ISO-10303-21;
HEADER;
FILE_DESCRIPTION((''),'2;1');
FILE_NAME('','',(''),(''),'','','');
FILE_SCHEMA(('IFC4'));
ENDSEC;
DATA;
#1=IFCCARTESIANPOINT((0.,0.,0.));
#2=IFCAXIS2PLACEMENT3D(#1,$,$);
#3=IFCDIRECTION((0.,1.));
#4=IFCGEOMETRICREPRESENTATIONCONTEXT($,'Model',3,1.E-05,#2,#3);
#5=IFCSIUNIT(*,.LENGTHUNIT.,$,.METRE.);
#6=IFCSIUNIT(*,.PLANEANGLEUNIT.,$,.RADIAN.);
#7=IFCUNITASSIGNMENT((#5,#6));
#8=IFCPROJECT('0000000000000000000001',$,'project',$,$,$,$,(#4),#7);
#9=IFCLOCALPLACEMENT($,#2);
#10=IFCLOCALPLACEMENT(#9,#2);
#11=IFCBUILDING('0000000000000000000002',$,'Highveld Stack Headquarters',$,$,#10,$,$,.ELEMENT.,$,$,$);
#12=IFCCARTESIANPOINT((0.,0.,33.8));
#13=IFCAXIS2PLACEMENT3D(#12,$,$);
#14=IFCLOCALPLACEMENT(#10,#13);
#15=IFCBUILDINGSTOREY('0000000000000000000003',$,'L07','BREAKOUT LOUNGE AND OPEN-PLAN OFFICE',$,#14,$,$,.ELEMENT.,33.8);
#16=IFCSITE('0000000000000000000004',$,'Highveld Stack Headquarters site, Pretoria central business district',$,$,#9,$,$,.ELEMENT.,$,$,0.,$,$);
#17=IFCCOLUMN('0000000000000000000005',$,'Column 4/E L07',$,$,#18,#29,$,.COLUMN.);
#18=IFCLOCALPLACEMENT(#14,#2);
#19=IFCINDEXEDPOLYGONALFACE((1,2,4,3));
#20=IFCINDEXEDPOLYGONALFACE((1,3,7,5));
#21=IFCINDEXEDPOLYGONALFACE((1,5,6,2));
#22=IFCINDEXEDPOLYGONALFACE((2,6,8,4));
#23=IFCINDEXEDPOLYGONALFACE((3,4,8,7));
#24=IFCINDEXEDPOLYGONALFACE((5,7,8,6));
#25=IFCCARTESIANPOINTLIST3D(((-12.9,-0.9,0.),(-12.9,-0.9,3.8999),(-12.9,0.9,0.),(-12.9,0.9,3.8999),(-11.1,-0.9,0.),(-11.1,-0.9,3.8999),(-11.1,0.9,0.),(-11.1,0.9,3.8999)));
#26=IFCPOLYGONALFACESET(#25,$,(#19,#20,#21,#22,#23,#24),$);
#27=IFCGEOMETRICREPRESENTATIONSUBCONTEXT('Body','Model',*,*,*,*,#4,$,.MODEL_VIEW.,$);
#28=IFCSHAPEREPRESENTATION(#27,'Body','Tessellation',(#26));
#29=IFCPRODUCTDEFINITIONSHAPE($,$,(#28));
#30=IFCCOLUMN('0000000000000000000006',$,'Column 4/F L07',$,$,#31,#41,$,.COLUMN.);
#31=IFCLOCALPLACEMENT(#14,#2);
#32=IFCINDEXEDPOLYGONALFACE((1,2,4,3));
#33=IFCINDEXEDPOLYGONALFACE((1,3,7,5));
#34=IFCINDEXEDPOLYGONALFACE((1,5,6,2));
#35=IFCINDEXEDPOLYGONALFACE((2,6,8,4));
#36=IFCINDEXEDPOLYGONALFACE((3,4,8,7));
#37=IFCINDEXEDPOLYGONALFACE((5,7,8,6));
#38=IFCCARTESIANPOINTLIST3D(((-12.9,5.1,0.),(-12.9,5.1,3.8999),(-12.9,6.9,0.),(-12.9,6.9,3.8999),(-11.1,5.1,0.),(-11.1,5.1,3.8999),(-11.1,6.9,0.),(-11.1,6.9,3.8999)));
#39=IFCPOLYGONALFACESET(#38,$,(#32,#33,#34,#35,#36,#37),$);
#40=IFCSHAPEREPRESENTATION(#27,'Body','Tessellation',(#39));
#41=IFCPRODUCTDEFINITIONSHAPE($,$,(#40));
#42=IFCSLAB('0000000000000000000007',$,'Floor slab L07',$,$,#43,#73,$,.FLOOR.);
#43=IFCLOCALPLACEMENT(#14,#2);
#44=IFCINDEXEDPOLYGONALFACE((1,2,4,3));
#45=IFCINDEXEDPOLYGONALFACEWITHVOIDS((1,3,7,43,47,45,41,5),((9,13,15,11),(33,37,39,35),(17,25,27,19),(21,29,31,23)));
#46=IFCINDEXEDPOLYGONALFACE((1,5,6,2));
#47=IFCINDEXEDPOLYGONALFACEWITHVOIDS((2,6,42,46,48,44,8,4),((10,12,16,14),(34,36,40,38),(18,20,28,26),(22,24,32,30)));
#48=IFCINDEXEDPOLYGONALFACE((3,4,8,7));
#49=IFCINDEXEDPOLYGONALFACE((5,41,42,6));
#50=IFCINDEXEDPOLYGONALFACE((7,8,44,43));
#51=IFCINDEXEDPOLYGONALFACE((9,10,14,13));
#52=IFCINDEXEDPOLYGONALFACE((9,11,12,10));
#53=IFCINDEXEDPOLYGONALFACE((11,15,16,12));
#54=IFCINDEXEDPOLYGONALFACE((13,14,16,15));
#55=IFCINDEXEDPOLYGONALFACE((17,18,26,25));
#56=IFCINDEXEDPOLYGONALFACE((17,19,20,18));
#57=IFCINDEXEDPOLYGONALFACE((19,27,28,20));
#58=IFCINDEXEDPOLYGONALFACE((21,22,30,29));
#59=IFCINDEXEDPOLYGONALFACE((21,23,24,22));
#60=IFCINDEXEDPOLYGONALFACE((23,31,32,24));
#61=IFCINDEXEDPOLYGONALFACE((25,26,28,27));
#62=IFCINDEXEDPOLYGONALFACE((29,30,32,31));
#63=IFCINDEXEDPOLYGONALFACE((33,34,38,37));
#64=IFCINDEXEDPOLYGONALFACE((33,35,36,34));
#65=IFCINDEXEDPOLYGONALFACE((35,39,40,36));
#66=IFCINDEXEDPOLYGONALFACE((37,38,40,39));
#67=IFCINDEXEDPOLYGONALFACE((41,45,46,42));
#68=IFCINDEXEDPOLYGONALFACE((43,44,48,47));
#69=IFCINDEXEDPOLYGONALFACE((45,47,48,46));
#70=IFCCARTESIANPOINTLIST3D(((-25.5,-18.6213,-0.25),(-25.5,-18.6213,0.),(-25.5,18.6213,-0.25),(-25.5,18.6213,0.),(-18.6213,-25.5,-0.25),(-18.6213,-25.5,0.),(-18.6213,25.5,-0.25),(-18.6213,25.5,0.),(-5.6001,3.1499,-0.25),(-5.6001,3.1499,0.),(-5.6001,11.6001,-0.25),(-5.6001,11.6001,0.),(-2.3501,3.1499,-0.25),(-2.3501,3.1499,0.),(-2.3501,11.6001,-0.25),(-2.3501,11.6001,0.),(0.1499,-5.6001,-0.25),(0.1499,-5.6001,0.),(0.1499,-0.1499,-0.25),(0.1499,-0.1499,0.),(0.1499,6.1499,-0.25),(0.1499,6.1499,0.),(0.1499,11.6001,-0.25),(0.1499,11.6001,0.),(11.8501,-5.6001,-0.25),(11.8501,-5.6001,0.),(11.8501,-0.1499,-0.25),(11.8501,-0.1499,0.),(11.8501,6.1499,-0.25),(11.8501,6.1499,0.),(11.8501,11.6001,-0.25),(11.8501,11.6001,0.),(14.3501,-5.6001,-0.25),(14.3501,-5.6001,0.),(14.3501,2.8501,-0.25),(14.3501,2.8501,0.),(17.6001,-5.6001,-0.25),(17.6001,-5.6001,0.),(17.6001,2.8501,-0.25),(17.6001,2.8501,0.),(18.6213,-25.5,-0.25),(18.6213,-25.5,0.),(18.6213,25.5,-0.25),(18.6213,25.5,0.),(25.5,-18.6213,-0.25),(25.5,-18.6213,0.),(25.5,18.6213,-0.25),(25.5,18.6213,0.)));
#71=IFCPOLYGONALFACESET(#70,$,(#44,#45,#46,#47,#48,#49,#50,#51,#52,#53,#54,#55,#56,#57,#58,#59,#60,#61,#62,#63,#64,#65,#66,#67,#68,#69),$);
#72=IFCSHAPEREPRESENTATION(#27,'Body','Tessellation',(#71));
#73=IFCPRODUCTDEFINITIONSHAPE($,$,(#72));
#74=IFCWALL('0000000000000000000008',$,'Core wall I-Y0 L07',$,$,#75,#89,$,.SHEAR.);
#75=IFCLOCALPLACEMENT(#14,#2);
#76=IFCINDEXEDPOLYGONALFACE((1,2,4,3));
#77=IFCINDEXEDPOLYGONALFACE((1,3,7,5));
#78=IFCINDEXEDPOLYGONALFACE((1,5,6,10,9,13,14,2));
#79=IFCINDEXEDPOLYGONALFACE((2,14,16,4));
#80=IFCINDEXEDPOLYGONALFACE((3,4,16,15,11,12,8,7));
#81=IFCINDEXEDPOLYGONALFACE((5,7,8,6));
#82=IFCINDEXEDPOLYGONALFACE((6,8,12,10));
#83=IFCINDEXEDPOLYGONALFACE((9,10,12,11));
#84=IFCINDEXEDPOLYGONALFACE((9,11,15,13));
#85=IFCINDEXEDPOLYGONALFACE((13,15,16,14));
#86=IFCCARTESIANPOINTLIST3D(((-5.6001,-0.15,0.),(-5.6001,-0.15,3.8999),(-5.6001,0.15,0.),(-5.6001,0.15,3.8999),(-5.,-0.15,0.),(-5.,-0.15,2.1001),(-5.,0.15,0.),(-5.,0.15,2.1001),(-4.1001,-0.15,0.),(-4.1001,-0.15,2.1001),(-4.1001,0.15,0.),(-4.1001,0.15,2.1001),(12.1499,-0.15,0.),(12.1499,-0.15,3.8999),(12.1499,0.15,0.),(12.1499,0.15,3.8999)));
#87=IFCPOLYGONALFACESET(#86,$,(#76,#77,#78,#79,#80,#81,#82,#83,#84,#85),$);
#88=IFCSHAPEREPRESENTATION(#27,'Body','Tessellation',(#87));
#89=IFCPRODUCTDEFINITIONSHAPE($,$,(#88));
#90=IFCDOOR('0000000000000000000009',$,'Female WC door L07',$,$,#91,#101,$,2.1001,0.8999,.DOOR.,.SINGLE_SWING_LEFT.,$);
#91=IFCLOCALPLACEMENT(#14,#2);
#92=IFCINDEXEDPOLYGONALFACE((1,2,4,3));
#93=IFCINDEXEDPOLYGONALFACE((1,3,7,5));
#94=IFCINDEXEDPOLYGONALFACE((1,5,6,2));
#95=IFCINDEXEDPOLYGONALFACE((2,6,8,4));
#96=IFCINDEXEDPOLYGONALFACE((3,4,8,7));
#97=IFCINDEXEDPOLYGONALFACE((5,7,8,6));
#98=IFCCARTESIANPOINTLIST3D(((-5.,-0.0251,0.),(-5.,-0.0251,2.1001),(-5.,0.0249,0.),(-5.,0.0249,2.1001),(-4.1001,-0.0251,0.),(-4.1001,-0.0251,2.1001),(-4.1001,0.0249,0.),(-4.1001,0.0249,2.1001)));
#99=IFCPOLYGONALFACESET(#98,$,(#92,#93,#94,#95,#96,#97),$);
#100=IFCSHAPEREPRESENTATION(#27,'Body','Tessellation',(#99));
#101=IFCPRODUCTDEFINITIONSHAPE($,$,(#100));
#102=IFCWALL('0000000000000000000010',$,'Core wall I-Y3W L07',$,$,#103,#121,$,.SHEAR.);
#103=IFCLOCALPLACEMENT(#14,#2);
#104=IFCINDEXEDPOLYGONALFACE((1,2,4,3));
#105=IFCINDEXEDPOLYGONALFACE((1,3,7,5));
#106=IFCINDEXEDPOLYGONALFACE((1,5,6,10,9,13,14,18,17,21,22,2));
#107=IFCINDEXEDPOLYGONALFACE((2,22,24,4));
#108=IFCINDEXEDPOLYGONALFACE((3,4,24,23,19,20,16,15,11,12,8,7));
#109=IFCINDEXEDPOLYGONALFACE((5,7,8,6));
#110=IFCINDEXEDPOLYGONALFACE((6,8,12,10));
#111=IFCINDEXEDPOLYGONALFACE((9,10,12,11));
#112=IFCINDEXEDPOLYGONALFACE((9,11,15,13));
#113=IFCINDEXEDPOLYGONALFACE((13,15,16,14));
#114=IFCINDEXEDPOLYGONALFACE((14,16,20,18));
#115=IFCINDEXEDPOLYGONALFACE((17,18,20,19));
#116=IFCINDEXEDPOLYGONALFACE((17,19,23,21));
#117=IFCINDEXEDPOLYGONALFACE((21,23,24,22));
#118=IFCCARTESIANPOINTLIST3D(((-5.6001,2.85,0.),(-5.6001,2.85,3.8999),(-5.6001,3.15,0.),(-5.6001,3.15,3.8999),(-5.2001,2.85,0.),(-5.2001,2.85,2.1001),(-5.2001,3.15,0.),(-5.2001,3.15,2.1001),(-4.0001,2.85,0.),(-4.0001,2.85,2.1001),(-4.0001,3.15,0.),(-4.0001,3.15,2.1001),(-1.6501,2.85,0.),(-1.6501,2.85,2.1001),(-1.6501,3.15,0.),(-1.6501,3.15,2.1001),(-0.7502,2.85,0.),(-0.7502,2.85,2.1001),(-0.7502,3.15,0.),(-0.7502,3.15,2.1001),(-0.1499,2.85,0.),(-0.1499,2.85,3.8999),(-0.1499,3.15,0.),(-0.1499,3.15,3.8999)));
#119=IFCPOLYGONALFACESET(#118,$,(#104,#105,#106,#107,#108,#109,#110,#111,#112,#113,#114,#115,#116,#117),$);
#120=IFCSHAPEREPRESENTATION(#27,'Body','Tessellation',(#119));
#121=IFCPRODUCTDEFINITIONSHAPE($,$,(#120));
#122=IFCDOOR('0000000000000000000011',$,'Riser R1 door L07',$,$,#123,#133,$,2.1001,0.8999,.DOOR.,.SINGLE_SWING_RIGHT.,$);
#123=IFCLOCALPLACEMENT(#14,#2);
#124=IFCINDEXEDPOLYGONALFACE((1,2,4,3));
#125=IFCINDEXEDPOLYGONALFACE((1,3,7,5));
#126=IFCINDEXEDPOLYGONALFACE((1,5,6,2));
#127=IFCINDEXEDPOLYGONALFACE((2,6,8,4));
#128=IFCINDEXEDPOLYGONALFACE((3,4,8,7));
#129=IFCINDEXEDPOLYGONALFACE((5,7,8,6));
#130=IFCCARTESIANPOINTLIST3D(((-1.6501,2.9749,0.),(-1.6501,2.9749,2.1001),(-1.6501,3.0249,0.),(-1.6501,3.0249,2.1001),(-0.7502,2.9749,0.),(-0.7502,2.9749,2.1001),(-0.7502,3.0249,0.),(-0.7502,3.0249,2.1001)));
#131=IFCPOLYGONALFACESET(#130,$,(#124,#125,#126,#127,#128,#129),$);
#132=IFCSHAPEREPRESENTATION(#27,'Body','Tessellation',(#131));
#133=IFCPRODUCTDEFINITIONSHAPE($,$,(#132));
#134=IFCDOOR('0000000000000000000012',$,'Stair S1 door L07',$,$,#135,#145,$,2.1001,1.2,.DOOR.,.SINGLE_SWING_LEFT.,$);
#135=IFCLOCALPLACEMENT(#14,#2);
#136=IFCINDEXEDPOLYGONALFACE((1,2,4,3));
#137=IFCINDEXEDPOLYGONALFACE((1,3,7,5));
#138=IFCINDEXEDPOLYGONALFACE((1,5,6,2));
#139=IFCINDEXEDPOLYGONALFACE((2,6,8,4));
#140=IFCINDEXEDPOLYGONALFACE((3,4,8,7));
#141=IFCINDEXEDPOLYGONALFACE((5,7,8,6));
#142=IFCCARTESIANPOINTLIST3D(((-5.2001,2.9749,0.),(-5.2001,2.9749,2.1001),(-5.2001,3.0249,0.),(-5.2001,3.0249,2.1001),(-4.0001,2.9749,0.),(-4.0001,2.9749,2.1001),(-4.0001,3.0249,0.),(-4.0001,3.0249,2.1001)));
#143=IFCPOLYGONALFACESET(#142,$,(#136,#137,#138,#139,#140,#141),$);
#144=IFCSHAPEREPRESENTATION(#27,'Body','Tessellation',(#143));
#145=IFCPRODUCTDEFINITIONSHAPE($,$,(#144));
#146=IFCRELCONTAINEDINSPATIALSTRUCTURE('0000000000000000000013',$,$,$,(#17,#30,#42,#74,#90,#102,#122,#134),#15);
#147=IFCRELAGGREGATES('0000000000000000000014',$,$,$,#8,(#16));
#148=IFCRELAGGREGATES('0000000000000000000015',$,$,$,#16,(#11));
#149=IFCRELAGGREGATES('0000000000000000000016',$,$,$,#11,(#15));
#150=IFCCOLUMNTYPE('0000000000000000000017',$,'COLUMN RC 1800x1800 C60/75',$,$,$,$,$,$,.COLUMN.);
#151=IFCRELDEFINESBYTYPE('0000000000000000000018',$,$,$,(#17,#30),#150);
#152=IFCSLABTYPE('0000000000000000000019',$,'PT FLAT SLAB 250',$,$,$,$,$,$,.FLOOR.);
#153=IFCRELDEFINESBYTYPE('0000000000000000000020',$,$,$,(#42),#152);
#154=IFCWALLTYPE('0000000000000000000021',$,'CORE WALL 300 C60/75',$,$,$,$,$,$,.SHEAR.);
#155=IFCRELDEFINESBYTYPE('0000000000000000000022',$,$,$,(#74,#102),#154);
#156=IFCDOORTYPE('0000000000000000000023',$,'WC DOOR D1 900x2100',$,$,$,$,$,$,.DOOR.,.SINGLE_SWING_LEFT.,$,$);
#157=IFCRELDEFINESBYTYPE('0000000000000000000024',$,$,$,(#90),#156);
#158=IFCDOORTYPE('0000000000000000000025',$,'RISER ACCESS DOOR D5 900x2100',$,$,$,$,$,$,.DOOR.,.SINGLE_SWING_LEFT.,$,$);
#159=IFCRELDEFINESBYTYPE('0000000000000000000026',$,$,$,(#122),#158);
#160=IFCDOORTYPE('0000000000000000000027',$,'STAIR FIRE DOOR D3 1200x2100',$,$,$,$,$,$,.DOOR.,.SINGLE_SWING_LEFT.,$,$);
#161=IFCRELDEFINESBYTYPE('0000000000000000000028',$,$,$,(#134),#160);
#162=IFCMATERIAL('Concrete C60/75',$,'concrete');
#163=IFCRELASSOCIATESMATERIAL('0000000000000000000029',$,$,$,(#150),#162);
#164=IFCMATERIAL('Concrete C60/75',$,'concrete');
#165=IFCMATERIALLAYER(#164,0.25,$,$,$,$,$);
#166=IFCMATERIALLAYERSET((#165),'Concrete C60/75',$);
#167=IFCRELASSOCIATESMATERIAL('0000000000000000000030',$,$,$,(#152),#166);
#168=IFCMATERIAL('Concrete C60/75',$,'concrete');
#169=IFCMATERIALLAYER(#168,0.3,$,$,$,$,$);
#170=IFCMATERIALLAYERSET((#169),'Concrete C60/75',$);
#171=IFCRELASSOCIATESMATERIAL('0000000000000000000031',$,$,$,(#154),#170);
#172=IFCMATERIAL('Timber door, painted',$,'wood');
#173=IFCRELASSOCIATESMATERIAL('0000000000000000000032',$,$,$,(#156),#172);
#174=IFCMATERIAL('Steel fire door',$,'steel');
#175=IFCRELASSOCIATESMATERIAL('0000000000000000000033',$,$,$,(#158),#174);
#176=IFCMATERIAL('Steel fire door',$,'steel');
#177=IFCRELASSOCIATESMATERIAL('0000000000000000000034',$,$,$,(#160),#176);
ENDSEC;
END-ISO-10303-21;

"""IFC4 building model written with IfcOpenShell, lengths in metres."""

from ifc_helpers import new_model, si_unit, direction, frame, frame_2d, origin, origin_2d, place, context, subcontext, project, spatial, polyline, rectangle, outline, extrude, material, layer, layer_set, material_profile, profile_set, type_object, element, fill, save


model = new_model("IFC4")

# Units and contexts
model_context = context("Model", 3, precision=1e-05, world=origin(), true_north=direction((0.0, 1.0)))
body_context = subcontext(model_context, "Body", "Model", "MODEL_VIEW")
ifc_project = project(units=[si_unit("LENGTHUNIT", "METRE"), si_unit("PLANEANGLEUNIT", "RADIAN")], contexts=[model_context])

# Site, building, storey
site_placement = place(None, origin())
site = spatial("IfcSite", under=ifc_project, at=site_placement, Name="Highveld Stack Headquarters site, Pretoria central business district", CompositionType="ELEMENT", RefElevation=0.0)
building_placement = place(site_placement, origin())
building = spatial("IfcBuilding", under=site, at=building_placement, Name="Highveld Stack Headquarters", CompositionType="ELEMENT")
storey_placement = place(building_placement, frame((0.0, 0.0, 33.8)))
storey = spatial("IfcBuildingStorey", under=building, at=storey_placement, Name="L07", Description="BREAKOUT LOUNGE AND OPEN-PLAN OFFICE", CompositionType="ELEMENT", Elevation=33.8)

# Columns
ifc_material_1 = material(Name="Concrete C60/75", Category="concrete")
ifc_material_profile = material_profile(ifc_material_1, rectangle(XDim=1.8, YDim=1.8, at=origin_2d()), Name="RC 1800x1800")
ifc_profile_set = profile_set([ifc_material_profile], Name="Concrete C60/75")
column_type = type_object("IfcColumnType", Name="COLUMN RC 1800x1800 C60/75", PredefinedType="COLUMN", material=ifc_profile_set)
for number, where, z_axis, x_axis, name in (
    (1, (-12.0, 0.0, 0.0), (0.0, 0.0, 1.0), (1.0, 0.0, 0.0), "Column 4/E L07"),
    (2, (-12.0, 6.0, 0.0), (0.0, 0.0, 1.0), (1.0, 0.0, 0.0), "Column 4/F L07"),
):
    element("IfcColumn", number, at=place(storey_placement, frame(where, z_axis=z_axis, x_axis=x_axis)), inside=storey, type_object=column_type, Name=name, PredefinedType="COLUMN", context=body_context, shape_type="SweptSolid", body=[
        extrude(rectangle(XDim=1.8, YDim=1.8, at=origin_2d()), origin(), (0.0, 0.0, 1.0), 3.8999),
    ])

# Slab
ifc_material_2 = material(Name="Concrete C60/75", Category="concrete")
ifc_layer_1 = layer(ifc_material_2, 0.25)
ifc_layer_set_1 = layer_set([ifc_layer_1], Name="Concrete C60/75")
slab_type = type_object("IfcSlabType", Name="PT FLAT SLAB 250", PredefinedType="FLOOR", material=ifc_layer_set_1)
slab_placement = place(storey_placement, frame((0.0, 0.0, -0.25)))
element("IfcSlab", 3, at=slab_placement, inside=storey, type_object=slab_type, Name="Floor slab L07", PredefinedType="FLOOR", context=body_context, shape_type="SweptSolid", body=[
    extrude(outline(polyline([(-18.6213, -25.5), (18.6213, -25.5), (25.5, -18.6213), (25.5, 18.6213), (18.6213, 25.5), (-18.6213, 25.5), (-25.5, 18.6213), (-25.5, -18.6213), (-18.6213, -25.5)]), holes=[polyline([(0.1499, 6.1499), (11.8501, 6.1499), (11.8501, 11.6001), (0.1499, 11.6001), (0.1499, 6.1499)]), polyline([(0.1499, -5.6001), (11.8501, -5.6001), (11.8501, -0.1499), (0.1499, -0.1499), (0.1499, -5.6001)]), polyline([(-5.6001, 3.1499), (-2.3501, 3.1499), (-2.3501, 11.6001), (-5.6001, 11.6001), (-5.6001, 3.1499)]), polyline([(14.3501, -5.6001), (17.6001, -5.6001), (17.6001, 2.8501), (14.3501, 2.8501), (14.3501, -5.6001)])]), origin(), (0.0, 0.0, 1.0), 0.25),
])

# Wall, opening, door
ifc_material_3 = material(Name="Concrete C60/75", Category="concrete")
ifc_layer_2 = layer(ifc_material_3, 0.3)
ifc_layer_set_2 = layer_set([ifc_layer_2], Name="Concrete C60/75")
wall_type = type_object("IfcWallType", Name="CORE WALL 300 C60/75", PredefinedType="SHEAR", material=ifc_layer_set_2)
wall_1_placement = place(storey_placement, frame((-5.6001, 0.0, 0.0), z_axis=(0.0, 0.0, 1.0), x_axis=(1.0, 0.0, 0.0)))
wall_1 = element("IfcWall", 4, at=wall_1_placement, inside=storey, type_object=wall_type, Name="Core wall I-Y0 L07", PredefinedType="SHEAR", context=body_context, shape_type="SweptSolid", body=[
    extrude(rectangle(XDim=17.75, YDim=0.3, at=frame_2d((8.875, 0.0))), origin(), (0.0, 0.0, 1.0), 3.8999),
])
opening_1_placement = place(wall_1_placement, frame((0.6001, 0.0, 0.0)))
opening_1 = element("IfcOpeningElement", 5, at=opening_1_placement, cuts=wall_1, PredefinedType="OPENING", context=body_context, shape_type="SweptSolid", body=[
    extrude(rectangle(XDim=0.8999, YDim=2.1001, at=frame_2d((0.45, 1.05))), frame((0.0, 0.1599, 0.0), z_axis=(0.0, -1.0, 0.0), x_axis=(1.0, 0.0, 0.0)), (0.0, 0.0, 1.0), 0.3201),
])
ifc_material_4 = material(Name="Timber door, painted", Category="wood")
door_type_1 = type_object("IfcDoorType", Name="WC DOOR D1 900x2100", OperationType="SINGLE_SWING_LEFT", PredefinedType="DOOR", material=ifc_material_4)
door_1_placement = place(opening_1_placement, origin())
door_1 = element("IfcDoor", 6, at=door_1_placement, inside=storey, type_object=door_type_1, Name="Female WC door L07", OperationType="SINGLE_SWING_LEFT", OverallHeight=2.1001, OverallWidth=0.8999, PredefinedType="DOOR", context=body_context, shape_type="SweptSolid", body=[
    extrude(rectangle(XDim=0.8999, YDim=2.1001, at=frame_2d((0.45, 1.05))), frame((0.0, 0.0249, 0.0), z_axis=(0.0, -1.0, 0.0), x_axis=(1.0, 0.0, 0.0)), (0.0, 0.0, 1.0), 0.05),
])
fill(opening_1, door_1)

# Wall, openings, doors
wall_2_placement = place(storey_placement, frame((-5.6001, 3.0, 0.0), z_axis=(0.0, 0.0, 1.0), x_axis=(1.0, 0.0, 0.0)))
wall_2 = element("IfcWall", 7, at=wall_2_placement, inside=storey, type_object=wall_type, Name="Core wall I-Y3W L07", PredefinedType="SHEAR", context=body_context, shape_type="SweptSolid", body=[
    extrude(rectangle(XDim=5.4502, YDim=0.3, at=frame_2d((2.7251, 0.0))), origin(), (0.0, 0.0, 1.0), 3.8999),
])
opening_2_placement = place(wall_2_placement, frame((0.3999, 0.0, 0.0)))
opening_2 = element("IfcOpeningElement", 8, at=opening_2_placement, cuts=wall_2, PredefinedType="OPENING", context=body_context, shape_type="SweptSolid", body=[
    extrude(rectangle(XDim=1.2, YDim=2.1001, at=frame_2d((0.6001, 1.05))), frame((0.0, 0.1599, 0.0), z_axis=(0.0, -1.0, 0.0), x_axis=(1.0, 0.0, 0.0)), (0.0, 0.0, 1.0), 0.3201),
])
opening_3_placement = place(wall_2_placement, frame((3.95, 0.0, 0.0)))
opening_3 = element("IfcOpeningElement", 9, at=opening_3_placement, cuts=wall_2, PredefinedType="OPENING", context=body_context, shape_type="SweptSolid", body=[
    extrude(rectangle(XDim=0.8999, YDim=2.1001, at=frame_2d((0.45, 1.05))), frame((0.0, 0.1599, 0.0), z_axis=(0.0, -1.0, 0.0), x_axis=(1.0, 0.0, 0.0)), (0.0, 0.0, 1.0), 0.3201),
])
ifc_material_5 = material(Name="Steel fire door", Category="steel")
door_type_2 = type_object("IfcDoorType", Name="RISER ACCESS DOOR D5 900x2100", OperationType="SINGLE_SWING_LEFT", PredefinedType="DOOR", material=ifc_material_5)
door_2_placement = place(opening_3_placement, origin())
door_2 = element("IfcDoor", 10, at=door_2_placement, inside=storey, type_object=door_type_2, Name="Riser R1 door L07", OperationType="SINGLE_SWING_RIGHT", OverallHeight=2.1001, OverallWidth=0.8999, PredefinedType="DOOR", context=body_context, shape_type="SweptSolid", body=[
    extrude(rectangle(XDim=0.8999, YDim=2.1001, at=frame_2d((0.45, 1.05))), frame((0.0, 0.0249, 0.0), z_axis=(0.0, -1.0, 0.0), x_axis=(1.0, 0.0, 0.0)), (0.0, 0.0, 1.0), 0.05),
])
fill(opening_3, door_2)
ifc_material_6 = material(Name="Steel fire door", Category="steel")
door_type_3 = type_object("IfcDoorType", Name="STAIR FIRE DOOR D3 1200x2100", OperationType="SINGLE_SWING_LEFT", PredefinedType="DOOR", material=ifc_material_6)
door_3_placement = place(opening_2_placement, origin())
door_3 = element("IfcDoor", 11, at=door_3_placement, inside=storey, type_object=door_type_3, Name="Stair S1 door L07", OperationType="SINGLE_SWING_LEFT", OverallHeight=2.1001, OverallWidth=1.2, PredefinedType="DOOR", context=body_context, shape_type="SweptSolid", body=[
    extrude(rectangle(XDim=1.2, YDim=2.1001, at=frame_2d((0.6001, 1.05))), frame((0.0, 0.0249, 0.0), z_axis=(0.0, -1.0, 0.0), x_axis=(1.0, 0.0, 0.0)), (0.0, 0.0, 1.0), 0.05),
])
fill(opening_2, door_3)

save(model, "model.ifc")
